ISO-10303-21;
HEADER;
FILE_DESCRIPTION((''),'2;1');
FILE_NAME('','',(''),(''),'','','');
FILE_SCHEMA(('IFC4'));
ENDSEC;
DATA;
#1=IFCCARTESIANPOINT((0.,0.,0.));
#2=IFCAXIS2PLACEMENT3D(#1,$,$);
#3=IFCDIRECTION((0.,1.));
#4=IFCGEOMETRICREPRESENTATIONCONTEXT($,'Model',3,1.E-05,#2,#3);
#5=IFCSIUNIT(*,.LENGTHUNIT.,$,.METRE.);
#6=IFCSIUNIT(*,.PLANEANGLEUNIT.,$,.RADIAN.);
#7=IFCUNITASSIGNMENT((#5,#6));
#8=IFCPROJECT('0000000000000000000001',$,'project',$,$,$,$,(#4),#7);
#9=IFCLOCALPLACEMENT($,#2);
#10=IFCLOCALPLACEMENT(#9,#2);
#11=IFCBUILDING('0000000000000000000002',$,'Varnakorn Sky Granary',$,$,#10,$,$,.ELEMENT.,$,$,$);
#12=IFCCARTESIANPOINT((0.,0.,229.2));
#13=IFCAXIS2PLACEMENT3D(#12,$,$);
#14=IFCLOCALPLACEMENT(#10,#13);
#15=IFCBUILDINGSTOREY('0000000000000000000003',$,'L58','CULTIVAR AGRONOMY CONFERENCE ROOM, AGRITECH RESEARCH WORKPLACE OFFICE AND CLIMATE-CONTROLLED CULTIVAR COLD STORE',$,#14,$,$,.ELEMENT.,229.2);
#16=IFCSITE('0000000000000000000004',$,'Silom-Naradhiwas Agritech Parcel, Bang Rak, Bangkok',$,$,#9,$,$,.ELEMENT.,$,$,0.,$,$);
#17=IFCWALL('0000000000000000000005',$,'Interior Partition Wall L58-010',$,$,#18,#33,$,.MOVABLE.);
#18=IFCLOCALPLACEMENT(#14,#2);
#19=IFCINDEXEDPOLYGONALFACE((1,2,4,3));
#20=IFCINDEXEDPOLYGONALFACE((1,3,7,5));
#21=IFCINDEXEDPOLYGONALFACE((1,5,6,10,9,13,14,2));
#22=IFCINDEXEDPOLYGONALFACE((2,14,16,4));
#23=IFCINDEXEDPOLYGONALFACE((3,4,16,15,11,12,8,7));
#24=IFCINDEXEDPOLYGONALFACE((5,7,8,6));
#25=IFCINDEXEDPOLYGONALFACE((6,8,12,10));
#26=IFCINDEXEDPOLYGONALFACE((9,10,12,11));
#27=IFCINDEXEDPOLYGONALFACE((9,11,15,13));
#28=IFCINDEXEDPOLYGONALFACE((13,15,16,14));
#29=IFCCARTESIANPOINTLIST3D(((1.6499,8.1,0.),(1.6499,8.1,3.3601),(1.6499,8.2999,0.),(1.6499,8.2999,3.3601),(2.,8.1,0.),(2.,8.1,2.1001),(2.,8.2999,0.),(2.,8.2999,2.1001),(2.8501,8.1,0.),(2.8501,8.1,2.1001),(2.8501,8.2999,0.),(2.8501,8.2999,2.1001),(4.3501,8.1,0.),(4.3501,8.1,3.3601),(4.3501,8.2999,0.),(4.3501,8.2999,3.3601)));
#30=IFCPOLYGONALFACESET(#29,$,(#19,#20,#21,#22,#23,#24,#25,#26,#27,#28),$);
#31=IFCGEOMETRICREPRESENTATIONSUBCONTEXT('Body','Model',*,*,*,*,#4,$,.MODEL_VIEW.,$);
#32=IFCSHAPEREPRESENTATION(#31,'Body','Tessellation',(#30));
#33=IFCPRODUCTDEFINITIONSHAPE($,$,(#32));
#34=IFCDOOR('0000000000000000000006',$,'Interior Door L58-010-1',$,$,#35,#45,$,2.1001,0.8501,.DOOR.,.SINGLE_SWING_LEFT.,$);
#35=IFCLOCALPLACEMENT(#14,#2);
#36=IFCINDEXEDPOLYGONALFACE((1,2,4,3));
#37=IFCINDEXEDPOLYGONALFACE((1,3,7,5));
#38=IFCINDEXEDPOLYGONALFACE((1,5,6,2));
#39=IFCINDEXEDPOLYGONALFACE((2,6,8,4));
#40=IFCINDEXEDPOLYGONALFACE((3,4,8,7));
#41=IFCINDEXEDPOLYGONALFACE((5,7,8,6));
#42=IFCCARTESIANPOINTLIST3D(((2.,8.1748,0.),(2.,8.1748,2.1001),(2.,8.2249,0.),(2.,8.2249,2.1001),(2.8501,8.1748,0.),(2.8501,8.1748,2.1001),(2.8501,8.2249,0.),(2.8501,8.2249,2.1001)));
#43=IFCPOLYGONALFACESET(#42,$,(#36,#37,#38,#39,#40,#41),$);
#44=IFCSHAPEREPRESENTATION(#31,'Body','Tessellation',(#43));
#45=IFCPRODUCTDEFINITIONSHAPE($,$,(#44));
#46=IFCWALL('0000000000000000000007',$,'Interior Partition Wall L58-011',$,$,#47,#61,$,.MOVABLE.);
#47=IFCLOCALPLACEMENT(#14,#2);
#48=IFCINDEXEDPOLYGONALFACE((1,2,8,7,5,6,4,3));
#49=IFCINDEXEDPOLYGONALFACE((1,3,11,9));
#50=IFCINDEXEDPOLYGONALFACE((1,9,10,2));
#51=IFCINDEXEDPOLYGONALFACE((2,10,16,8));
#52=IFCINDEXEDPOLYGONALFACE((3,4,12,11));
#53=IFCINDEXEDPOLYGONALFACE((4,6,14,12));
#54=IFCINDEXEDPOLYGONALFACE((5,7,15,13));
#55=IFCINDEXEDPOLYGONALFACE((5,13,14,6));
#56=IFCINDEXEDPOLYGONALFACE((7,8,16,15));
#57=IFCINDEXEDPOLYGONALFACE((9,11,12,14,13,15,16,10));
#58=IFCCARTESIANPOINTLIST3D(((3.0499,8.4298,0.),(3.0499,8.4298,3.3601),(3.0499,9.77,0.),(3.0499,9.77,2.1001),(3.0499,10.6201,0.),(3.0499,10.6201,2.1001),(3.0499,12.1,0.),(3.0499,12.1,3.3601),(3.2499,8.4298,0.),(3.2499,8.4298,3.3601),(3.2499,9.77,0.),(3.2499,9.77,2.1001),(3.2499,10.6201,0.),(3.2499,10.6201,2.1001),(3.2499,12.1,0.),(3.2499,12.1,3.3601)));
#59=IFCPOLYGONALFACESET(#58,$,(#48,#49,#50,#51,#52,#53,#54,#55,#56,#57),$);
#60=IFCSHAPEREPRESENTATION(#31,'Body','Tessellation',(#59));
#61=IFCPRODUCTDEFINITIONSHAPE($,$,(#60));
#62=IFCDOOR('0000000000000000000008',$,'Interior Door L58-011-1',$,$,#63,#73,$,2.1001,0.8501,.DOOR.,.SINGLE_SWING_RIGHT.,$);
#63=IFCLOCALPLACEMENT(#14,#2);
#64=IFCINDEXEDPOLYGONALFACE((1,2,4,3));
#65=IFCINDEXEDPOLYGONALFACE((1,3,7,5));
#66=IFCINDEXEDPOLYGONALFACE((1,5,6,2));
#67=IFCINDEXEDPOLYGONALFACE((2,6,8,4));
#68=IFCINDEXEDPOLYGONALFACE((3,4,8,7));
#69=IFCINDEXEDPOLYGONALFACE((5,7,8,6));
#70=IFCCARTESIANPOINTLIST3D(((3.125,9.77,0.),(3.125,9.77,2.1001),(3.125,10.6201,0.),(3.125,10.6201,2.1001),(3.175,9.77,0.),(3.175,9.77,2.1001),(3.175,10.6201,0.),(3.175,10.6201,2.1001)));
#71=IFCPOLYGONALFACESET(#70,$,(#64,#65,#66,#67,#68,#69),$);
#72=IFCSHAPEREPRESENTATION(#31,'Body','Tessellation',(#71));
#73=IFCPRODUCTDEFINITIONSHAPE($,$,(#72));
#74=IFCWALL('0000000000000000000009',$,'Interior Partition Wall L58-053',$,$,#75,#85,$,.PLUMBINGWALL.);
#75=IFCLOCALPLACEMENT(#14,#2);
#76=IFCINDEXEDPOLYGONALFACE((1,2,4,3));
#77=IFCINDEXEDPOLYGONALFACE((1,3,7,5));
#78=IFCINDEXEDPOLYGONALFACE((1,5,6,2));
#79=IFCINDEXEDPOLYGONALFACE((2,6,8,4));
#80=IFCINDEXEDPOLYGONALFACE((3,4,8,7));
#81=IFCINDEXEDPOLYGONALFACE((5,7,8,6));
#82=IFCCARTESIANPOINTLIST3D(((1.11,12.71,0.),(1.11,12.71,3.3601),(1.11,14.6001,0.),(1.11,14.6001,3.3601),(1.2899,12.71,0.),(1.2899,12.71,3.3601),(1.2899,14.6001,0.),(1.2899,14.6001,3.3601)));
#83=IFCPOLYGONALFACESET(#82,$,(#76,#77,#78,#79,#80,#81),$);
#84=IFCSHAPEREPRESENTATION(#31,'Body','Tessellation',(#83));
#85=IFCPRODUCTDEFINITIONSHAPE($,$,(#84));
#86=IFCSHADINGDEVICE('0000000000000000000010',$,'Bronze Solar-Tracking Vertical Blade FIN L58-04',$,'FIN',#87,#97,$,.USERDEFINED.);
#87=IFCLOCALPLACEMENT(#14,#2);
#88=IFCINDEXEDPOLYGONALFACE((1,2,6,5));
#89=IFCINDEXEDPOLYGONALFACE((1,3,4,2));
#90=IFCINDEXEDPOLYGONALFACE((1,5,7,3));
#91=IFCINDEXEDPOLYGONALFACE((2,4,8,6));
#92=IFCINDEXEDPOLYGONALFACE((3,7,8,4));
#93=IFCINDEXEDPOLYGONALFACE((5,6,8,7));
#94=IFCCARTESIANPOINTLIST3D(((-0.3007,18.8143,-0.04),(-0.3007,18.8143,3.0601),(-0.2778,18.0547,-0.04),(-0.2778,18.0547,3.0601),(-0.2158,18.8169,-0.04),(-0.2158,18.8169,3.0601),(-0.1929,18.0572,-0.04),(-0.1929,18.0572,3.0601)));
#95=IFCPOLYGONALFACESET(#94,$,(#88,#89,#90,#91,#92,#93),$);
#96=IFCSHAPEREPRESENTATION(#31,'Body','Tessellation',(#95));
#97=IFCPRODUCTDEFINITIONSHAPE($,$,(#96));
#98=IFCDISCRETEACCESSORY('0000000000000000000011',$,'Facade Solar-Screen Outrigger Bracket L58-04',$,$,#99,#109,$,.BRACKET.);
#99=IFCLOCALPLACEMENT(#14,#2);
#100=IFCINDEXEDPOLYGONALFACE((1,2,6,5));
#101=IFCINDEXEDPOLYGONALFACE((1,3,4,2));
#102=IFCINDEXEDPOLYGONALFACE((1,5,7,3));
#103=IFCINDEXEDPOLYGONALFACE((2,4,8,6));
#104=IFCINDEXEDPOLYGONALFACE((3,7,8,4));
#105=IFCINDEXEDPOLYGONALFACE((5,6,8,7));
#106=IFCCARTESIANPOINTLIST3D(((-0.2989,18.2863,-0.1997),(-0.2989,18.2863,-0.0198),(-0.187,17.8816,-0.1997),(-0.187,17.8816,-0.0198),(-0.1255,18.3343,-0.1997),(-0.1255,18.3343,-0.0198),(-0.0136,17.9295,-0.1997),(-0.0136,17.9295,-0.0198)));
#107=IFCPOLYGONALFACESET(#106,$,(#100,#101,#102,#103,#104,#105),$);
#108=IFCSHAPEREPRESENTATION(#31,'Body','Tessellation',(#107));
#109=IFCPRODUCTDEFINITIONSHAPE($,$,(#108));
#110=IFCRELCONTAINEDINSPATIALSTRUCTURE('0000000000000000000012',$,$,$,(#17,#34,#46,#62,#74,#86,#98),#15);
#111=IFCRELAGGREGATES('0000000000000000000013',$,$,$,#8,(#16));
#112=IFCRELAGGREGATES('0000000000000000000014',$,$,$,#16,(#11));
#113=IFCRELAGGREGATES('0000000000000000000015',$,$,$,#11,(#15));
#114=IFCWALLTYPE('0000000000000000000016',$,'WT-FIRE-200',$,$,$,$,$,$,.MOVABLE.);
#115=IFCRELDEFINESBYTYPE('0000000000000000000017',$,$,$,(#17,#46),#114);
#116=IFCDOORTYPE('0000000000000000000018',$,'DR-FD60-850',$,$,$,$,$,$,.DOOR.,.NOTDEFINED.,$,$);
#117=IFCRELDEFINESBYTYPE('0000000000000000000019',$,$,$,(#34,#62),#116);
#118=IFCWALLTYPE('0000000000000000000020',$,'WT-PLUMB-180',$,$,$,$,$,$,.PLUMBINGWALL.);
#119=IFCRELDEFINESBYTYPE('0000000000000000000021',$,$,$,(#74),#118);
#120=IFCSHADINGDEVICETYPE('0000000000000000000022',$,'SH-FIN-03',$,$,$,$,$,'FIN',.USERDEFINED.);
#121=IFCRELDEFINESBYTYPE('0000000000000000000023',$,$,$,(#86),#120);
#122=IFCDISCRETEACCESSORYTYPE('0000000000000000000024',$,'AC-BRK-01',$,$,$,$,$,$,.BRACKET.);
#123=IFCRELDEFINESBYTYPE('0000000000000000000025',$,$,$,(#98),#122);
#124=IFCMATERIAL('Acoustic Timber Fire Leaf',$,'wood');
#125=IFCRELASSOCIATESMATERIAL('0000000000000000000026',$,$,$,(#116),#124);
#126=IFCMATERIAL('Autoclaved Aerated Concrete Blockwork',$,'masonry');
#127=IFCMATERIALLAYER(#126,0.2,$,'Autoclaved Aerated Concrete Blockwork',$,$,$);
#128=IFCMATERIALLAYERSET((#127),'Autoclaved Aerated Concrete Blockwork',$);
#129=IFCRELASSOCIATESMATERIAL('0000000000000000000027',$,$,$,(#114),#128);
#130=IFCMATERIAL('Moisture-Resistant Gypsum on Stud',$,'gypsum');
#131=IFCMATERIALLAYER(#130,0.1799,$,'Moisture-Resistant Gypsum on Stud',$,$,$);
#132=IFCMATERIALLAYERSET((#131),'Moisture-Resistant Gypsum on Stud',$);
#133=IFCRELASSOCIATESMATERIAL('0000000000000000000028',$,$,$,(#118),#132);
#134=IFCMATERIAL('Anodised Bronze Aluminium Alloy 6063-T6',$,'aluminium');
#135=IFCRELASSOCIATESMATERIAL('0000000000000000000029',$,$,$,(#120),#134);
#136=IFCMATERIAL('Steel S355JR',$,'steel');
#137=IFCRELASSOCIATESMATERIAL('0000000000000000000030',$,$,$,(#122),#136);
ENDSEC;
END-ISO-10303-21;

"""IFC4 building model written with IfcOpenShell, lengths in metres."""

from ifc_helpers import new_model, si_unit, direction, frame, frame_2d, origin, origin_2d, place, context, subcontext, project, spatial, rectangle, extrude, source, transform, mapped, material, layer, layer_set, type_object, type_shapes, element, fill, save


model = new_model("IFC4")

# Units and contexts
model_context = context("Model", 3, precision=1e-05, world=origin(), true_north=direction((0.0, 1.0)))
body_context = subcontext(model_context, "Body", "Model", "MODEL_VIEW")
ifc_project = project(units=[si_unit("LENGTHUNIT", "METRE"), si_unit("PLANEANGLEUNIT", "RADIAN")], contexts=[model_context])

# Site, building, storey
site_placement = place(None, origin())
site = spatial("IfcSite", under=ifc_project, at=site_placement, Name="Silom-Naradhiwas Agritech Parcel, Bang Rak, Bangkok", CompositionType="ELEMENT", RefElevation=0.0)
building_placement = place(site_placement, origin())
building = spatial("IfcBuilding", under=site, at=building_placement, Name="Varnakorn Sky Granary", CompositionType="ELEMENT")
storey_placement = place(building_placement, frame((0.0, 0.0, 229.2)))
storey = spatial("IfcBuildingStorey", under=building, at=storey_placement, Name="L58", Description="CULTIVAR AGRONOMY CONFERENCE ROOM, AGRITECH RESEARCH WORKPLACE OFFICE AND CLIMATE-CONTROLLED CULTIVAR COLD STORE", CompositionType="ELEMENT", Elevation=229.2)

# Shared definitions
ifc_material_1 = material(Name="Steel S355JR", Category="steel")

# Shared definitions
ifc_material_2 = material(Name="Anodised Bronze Aluminium Alloy 6063-T6", Category="aluminium")

# Walls, openings, doors
ifc_material_3 = material(Name="Acoustic Timber Fire Leaf", Category="wood")
door_type = type_object("IfcDoorType", Name="DR-FD60-850", OperationType="NOTDEFINED", PredefinedType="DOOR", material=ifc_material_3)
ifc_material_4 = material(Name="Autoclaved Aerated Concrete Blockwork", Category="masonry")
ifc_layer_1 = layer(ifc_material_4, 0.2, Name="Autoclaved Aerated Concrete Blockwork")
ifc_layer_set_1 = layer_set([ifc_layer_1], Name="Autoclaved Aerated Concrete Blockwork")
wall_type_1 = type_object("IfcWallType", Name="WT-FIRE-200", PredefinedType="MOVABLE", material=ifc_layer_set_1)
wall_1_placement = place(storey_placement, frame((1.6499, 8.2, 0.0), z_axis=(0.0, 0.0, 1.0), x_axis=(1.0, 0.0, 0.0)))
wall_1 = element("IfcWall", 1, at=wall_1_placement, inside=storey, type_object=wall_type_1, Name="Interior Partition Wall L58-010", PredefinedType="MOVABLE", context=body_context, shape_type="SweptSolid", body=[
    extrude(rectangle(XDim=2.7002, YDim=0.2, at=frame_2d((1.3501, 0.0))), origin(), (0.0, 0.0, 1.0), 3.3601),
])
opening_1_placement = place(wall_1_placement, frame((0.3501, 0.0, 0.0)))
opening_1 = element("IfcOpeningElement", 2, at=opening_1_placement, cuts=wall_1, PredefinedType="OPENING", context=body_context, shape_type="SweptSolid", body=[
    extrude(rectangle(XDim=0.8501, YDim=2.1001, at=frame_2d((0.425, 1.05))), frame((0.0, 0.1099, 0.0), z_axis=(0.0, -1.0, 0.0), x_axis=(1.0, 0.0, 0.0)), (0.0, 0.0, 1.0), 0.22),
])
door_1_placement = place(opening_1_placement, origin())
door_1 = element("IfcDoor", 3, at=door_1_placement, inside=storey, type_object=door_type, Name="Interior Door L58-010-1", OperationType="SINGLE_SWING_LEFT", OverallHeight=2.1001, OverallWidth=0.8501, PredefinedType="DOOR", context=body_context, shape_type="SweptSolid", body=[
    extrude(rectangle(XDim=0.8501, YDim=2.1001, at=frame_2d((0.425, 1.05))), frame((0.0, 0.0249, 0.0), z_axis=(0.0, -1.0, 0.0), x_axis=(1.0, 0.0, 0.0)), (0.0, 0.0, 1.0), 0.05),
])
fill(opening_1, door_1)
wall_2_placement = place(storey_placement, frame((3.1499, 8.4299, 0.0), z_axis=(0.0, 0.0, 1.0), x_axis=(0.0, 1.0, 0.0)))
wall_2 = element("IfcWall", 4, at=wall_2_placement, inside=storey, type_object=wall_type_1, Name="Interior Partition Wall L58-011", PredefinedType="MOVABLE", context=body_context, shape_type="SweptSolid", body=[
    extrude(rectangle(XDim=3.6702, YDim=0.2, at=frame_2d((1.835, 0.0))), origin(), (0.0, 0.0, 1.0), 3.3601),
])
opening_2_placement = place(wall_2_placement, frame((1.3401, 0.0, 0.0)))
opening_2 = element("IfcOpeningElement", 5, at=opening_2_placement, cuts=wall_2, PredefinedType="OPENING", context=body_context, shape_type="SweptSolid", body=[
    extrude(rectangle(XDim=0.8501, YDim=2.1001, at=frame_2d((0.425, 1.05))), frame((0.0, 0.1099, 0.0), z_axis=(0.0, -1.0, 0.0), x_axis=(1.0, 0.0, 0.0)), (0.0, 0.0, 1.0), 0.22),
])
door_2_placement = place(opening_2_placement, origin())
door_2 = element("IfcDoor", 6, at=door_2_placement, inside=storey, type_object=door_type, Name="Interior Door L58-011-1", OperationType="SINGLE_SWING_RIGHT", OverallHeight=2.1001, OverallWidth=0.8501, PredefinedType="DOOR", context=body_context, shape_type="SweptSolid", body=[
    extrude(rectangle(XDim=0.8501, YDim=2.1001, at=frame_2d((0.425, 1.05))), frame((0.0, 0.0249, 0.0), z_axis=(0.0, -1.0, 0.0), x_axis=(1.0, 0.0, 0.0)), (0.0, 0.0, 1.0), 0.05),
])
fill(opening_2, door_2)

# Wall
ifc_material_5 = material(Name="Moisture-Resistant Gypsum on Stud", Category="gypsum")
ifc_layer_2 = layer(ifc_material_5, 0.1799, Name="Moisture-Resistant Gypsum on Stud")
ifc_layer_set_2 = layer_set([ifc_layer_2], Name="Moisture-Resistant Gypsum on Stud")
wall_type_2 = type_object("IfcWallType", Name="WT-PLUMB-180", PredefinedType="PLUMBINGWALL", material=ifc_layer_set_2)
wall_3_placement = place(storey_placement, frame((1.2, 14.6001, 0.0), z_axis=(0.0, 0.0, 1.0), x_axis=(0.0, -1.0, 0.0)))
element("IfcWall", 7, at=wall_3_placement, inside=storey, type_object=wall_type_2, Name="Interior Partition Wall L58-053", PredefinedType="PLUMBINGWALL", context=body_context, shape_type="SweptSolid", body=[
    extrude(rectangle(XDim=1.8901, YDim=0.1799, at=frame_2d((0.9451, 0.0))), origin(), (0.0, 0.0, 1.0), 3.3601),
])

# Shading device
shading_device_type = type_object("IfcShadingDeviceType", Name="SH-FIN-03", ElementType="FIN", PredefinedType="USERDEFINED", material=ifc_material_2)
shared_shape_1 = source(origin(), body_context, "Body", "SweptSolid", [
    extrude(rectangle(XDim=0.085, YDim=0.76, at=origin_2d()), origin(), (0.0, 0.0, 1.0), 3.1001),
])
type_shapes(shading_device_type, [shared_shape_1])
shading_device_placement = place(storey_placement, frame((-0.2468, 18.4358, -0.04), z_axis=(0.0, 0.0, 1.0), x_axis=(-0.999546, -0.030125, 0.0)))
element("IfcShadingDevice", 8, at=shading_device_placement, inside=storey, type_object=shading_device_type, Name="Bronze Solar-Tracking Vertical Blade FIN L58-04", ObjectType="FIN", PredefinedType="USERDEFINED", context=body_context, shape_type="MappedRepresentation", body=[
    mapped(shared_shape_1, transform((0.0, 0.0, 0.0), x_axis=(1.0, 0.0, 0.0), y_axis=(0.0, 1.0, 0.0), z_axis=(0.0, 0.0, 1.0), scale=1.0)),
])

# Discrete accessory
discrete_accessory_type = type_object("IfcDiscreteAccessoryType", Name="AC-BRK-01", PredefinedType="BRACKET", material=ifc_material_1)
shared_shape_2 = source(origin(), body_context, "Body", "SweptSolid", [
    extrude(rectangle(XDim=0.1799, YDim=0.4199, at=origin_2d()), origin(), (0.0, 0.0, 1.0), 0.1799),
])
type_shapes(discrete_accessory_type, [shared_shape_2])
discrete_accessory_placement = place(storey_placement, frame((-0.1562, 18.1079, -0.1997), z_axis=(0.0, 0.0, 1.0), x_axis=(-0.963844, -0.266467, 0.0)))
element("IfcDiscreteAccessory", 9, at=discrete_accessory_placement, inside=storey, type_object=discrete_accessory_type, Name="Facade Solar-Screen Outrigger Bracket L58-04", PredefinedType="BRACKET", context=body_context, shape_type="MappedRepresentation", body=[
    mapped(shared_shape_2, transform((0.0, 0.0, 0.0), x_axis=(1.0, 0.0, 0.0), y_axis=(0.0, 1.0, 0.0), z_axis=(0.0, 0.0, 1.0), scale=1.0)),
])

save(model, "model.ifc")
